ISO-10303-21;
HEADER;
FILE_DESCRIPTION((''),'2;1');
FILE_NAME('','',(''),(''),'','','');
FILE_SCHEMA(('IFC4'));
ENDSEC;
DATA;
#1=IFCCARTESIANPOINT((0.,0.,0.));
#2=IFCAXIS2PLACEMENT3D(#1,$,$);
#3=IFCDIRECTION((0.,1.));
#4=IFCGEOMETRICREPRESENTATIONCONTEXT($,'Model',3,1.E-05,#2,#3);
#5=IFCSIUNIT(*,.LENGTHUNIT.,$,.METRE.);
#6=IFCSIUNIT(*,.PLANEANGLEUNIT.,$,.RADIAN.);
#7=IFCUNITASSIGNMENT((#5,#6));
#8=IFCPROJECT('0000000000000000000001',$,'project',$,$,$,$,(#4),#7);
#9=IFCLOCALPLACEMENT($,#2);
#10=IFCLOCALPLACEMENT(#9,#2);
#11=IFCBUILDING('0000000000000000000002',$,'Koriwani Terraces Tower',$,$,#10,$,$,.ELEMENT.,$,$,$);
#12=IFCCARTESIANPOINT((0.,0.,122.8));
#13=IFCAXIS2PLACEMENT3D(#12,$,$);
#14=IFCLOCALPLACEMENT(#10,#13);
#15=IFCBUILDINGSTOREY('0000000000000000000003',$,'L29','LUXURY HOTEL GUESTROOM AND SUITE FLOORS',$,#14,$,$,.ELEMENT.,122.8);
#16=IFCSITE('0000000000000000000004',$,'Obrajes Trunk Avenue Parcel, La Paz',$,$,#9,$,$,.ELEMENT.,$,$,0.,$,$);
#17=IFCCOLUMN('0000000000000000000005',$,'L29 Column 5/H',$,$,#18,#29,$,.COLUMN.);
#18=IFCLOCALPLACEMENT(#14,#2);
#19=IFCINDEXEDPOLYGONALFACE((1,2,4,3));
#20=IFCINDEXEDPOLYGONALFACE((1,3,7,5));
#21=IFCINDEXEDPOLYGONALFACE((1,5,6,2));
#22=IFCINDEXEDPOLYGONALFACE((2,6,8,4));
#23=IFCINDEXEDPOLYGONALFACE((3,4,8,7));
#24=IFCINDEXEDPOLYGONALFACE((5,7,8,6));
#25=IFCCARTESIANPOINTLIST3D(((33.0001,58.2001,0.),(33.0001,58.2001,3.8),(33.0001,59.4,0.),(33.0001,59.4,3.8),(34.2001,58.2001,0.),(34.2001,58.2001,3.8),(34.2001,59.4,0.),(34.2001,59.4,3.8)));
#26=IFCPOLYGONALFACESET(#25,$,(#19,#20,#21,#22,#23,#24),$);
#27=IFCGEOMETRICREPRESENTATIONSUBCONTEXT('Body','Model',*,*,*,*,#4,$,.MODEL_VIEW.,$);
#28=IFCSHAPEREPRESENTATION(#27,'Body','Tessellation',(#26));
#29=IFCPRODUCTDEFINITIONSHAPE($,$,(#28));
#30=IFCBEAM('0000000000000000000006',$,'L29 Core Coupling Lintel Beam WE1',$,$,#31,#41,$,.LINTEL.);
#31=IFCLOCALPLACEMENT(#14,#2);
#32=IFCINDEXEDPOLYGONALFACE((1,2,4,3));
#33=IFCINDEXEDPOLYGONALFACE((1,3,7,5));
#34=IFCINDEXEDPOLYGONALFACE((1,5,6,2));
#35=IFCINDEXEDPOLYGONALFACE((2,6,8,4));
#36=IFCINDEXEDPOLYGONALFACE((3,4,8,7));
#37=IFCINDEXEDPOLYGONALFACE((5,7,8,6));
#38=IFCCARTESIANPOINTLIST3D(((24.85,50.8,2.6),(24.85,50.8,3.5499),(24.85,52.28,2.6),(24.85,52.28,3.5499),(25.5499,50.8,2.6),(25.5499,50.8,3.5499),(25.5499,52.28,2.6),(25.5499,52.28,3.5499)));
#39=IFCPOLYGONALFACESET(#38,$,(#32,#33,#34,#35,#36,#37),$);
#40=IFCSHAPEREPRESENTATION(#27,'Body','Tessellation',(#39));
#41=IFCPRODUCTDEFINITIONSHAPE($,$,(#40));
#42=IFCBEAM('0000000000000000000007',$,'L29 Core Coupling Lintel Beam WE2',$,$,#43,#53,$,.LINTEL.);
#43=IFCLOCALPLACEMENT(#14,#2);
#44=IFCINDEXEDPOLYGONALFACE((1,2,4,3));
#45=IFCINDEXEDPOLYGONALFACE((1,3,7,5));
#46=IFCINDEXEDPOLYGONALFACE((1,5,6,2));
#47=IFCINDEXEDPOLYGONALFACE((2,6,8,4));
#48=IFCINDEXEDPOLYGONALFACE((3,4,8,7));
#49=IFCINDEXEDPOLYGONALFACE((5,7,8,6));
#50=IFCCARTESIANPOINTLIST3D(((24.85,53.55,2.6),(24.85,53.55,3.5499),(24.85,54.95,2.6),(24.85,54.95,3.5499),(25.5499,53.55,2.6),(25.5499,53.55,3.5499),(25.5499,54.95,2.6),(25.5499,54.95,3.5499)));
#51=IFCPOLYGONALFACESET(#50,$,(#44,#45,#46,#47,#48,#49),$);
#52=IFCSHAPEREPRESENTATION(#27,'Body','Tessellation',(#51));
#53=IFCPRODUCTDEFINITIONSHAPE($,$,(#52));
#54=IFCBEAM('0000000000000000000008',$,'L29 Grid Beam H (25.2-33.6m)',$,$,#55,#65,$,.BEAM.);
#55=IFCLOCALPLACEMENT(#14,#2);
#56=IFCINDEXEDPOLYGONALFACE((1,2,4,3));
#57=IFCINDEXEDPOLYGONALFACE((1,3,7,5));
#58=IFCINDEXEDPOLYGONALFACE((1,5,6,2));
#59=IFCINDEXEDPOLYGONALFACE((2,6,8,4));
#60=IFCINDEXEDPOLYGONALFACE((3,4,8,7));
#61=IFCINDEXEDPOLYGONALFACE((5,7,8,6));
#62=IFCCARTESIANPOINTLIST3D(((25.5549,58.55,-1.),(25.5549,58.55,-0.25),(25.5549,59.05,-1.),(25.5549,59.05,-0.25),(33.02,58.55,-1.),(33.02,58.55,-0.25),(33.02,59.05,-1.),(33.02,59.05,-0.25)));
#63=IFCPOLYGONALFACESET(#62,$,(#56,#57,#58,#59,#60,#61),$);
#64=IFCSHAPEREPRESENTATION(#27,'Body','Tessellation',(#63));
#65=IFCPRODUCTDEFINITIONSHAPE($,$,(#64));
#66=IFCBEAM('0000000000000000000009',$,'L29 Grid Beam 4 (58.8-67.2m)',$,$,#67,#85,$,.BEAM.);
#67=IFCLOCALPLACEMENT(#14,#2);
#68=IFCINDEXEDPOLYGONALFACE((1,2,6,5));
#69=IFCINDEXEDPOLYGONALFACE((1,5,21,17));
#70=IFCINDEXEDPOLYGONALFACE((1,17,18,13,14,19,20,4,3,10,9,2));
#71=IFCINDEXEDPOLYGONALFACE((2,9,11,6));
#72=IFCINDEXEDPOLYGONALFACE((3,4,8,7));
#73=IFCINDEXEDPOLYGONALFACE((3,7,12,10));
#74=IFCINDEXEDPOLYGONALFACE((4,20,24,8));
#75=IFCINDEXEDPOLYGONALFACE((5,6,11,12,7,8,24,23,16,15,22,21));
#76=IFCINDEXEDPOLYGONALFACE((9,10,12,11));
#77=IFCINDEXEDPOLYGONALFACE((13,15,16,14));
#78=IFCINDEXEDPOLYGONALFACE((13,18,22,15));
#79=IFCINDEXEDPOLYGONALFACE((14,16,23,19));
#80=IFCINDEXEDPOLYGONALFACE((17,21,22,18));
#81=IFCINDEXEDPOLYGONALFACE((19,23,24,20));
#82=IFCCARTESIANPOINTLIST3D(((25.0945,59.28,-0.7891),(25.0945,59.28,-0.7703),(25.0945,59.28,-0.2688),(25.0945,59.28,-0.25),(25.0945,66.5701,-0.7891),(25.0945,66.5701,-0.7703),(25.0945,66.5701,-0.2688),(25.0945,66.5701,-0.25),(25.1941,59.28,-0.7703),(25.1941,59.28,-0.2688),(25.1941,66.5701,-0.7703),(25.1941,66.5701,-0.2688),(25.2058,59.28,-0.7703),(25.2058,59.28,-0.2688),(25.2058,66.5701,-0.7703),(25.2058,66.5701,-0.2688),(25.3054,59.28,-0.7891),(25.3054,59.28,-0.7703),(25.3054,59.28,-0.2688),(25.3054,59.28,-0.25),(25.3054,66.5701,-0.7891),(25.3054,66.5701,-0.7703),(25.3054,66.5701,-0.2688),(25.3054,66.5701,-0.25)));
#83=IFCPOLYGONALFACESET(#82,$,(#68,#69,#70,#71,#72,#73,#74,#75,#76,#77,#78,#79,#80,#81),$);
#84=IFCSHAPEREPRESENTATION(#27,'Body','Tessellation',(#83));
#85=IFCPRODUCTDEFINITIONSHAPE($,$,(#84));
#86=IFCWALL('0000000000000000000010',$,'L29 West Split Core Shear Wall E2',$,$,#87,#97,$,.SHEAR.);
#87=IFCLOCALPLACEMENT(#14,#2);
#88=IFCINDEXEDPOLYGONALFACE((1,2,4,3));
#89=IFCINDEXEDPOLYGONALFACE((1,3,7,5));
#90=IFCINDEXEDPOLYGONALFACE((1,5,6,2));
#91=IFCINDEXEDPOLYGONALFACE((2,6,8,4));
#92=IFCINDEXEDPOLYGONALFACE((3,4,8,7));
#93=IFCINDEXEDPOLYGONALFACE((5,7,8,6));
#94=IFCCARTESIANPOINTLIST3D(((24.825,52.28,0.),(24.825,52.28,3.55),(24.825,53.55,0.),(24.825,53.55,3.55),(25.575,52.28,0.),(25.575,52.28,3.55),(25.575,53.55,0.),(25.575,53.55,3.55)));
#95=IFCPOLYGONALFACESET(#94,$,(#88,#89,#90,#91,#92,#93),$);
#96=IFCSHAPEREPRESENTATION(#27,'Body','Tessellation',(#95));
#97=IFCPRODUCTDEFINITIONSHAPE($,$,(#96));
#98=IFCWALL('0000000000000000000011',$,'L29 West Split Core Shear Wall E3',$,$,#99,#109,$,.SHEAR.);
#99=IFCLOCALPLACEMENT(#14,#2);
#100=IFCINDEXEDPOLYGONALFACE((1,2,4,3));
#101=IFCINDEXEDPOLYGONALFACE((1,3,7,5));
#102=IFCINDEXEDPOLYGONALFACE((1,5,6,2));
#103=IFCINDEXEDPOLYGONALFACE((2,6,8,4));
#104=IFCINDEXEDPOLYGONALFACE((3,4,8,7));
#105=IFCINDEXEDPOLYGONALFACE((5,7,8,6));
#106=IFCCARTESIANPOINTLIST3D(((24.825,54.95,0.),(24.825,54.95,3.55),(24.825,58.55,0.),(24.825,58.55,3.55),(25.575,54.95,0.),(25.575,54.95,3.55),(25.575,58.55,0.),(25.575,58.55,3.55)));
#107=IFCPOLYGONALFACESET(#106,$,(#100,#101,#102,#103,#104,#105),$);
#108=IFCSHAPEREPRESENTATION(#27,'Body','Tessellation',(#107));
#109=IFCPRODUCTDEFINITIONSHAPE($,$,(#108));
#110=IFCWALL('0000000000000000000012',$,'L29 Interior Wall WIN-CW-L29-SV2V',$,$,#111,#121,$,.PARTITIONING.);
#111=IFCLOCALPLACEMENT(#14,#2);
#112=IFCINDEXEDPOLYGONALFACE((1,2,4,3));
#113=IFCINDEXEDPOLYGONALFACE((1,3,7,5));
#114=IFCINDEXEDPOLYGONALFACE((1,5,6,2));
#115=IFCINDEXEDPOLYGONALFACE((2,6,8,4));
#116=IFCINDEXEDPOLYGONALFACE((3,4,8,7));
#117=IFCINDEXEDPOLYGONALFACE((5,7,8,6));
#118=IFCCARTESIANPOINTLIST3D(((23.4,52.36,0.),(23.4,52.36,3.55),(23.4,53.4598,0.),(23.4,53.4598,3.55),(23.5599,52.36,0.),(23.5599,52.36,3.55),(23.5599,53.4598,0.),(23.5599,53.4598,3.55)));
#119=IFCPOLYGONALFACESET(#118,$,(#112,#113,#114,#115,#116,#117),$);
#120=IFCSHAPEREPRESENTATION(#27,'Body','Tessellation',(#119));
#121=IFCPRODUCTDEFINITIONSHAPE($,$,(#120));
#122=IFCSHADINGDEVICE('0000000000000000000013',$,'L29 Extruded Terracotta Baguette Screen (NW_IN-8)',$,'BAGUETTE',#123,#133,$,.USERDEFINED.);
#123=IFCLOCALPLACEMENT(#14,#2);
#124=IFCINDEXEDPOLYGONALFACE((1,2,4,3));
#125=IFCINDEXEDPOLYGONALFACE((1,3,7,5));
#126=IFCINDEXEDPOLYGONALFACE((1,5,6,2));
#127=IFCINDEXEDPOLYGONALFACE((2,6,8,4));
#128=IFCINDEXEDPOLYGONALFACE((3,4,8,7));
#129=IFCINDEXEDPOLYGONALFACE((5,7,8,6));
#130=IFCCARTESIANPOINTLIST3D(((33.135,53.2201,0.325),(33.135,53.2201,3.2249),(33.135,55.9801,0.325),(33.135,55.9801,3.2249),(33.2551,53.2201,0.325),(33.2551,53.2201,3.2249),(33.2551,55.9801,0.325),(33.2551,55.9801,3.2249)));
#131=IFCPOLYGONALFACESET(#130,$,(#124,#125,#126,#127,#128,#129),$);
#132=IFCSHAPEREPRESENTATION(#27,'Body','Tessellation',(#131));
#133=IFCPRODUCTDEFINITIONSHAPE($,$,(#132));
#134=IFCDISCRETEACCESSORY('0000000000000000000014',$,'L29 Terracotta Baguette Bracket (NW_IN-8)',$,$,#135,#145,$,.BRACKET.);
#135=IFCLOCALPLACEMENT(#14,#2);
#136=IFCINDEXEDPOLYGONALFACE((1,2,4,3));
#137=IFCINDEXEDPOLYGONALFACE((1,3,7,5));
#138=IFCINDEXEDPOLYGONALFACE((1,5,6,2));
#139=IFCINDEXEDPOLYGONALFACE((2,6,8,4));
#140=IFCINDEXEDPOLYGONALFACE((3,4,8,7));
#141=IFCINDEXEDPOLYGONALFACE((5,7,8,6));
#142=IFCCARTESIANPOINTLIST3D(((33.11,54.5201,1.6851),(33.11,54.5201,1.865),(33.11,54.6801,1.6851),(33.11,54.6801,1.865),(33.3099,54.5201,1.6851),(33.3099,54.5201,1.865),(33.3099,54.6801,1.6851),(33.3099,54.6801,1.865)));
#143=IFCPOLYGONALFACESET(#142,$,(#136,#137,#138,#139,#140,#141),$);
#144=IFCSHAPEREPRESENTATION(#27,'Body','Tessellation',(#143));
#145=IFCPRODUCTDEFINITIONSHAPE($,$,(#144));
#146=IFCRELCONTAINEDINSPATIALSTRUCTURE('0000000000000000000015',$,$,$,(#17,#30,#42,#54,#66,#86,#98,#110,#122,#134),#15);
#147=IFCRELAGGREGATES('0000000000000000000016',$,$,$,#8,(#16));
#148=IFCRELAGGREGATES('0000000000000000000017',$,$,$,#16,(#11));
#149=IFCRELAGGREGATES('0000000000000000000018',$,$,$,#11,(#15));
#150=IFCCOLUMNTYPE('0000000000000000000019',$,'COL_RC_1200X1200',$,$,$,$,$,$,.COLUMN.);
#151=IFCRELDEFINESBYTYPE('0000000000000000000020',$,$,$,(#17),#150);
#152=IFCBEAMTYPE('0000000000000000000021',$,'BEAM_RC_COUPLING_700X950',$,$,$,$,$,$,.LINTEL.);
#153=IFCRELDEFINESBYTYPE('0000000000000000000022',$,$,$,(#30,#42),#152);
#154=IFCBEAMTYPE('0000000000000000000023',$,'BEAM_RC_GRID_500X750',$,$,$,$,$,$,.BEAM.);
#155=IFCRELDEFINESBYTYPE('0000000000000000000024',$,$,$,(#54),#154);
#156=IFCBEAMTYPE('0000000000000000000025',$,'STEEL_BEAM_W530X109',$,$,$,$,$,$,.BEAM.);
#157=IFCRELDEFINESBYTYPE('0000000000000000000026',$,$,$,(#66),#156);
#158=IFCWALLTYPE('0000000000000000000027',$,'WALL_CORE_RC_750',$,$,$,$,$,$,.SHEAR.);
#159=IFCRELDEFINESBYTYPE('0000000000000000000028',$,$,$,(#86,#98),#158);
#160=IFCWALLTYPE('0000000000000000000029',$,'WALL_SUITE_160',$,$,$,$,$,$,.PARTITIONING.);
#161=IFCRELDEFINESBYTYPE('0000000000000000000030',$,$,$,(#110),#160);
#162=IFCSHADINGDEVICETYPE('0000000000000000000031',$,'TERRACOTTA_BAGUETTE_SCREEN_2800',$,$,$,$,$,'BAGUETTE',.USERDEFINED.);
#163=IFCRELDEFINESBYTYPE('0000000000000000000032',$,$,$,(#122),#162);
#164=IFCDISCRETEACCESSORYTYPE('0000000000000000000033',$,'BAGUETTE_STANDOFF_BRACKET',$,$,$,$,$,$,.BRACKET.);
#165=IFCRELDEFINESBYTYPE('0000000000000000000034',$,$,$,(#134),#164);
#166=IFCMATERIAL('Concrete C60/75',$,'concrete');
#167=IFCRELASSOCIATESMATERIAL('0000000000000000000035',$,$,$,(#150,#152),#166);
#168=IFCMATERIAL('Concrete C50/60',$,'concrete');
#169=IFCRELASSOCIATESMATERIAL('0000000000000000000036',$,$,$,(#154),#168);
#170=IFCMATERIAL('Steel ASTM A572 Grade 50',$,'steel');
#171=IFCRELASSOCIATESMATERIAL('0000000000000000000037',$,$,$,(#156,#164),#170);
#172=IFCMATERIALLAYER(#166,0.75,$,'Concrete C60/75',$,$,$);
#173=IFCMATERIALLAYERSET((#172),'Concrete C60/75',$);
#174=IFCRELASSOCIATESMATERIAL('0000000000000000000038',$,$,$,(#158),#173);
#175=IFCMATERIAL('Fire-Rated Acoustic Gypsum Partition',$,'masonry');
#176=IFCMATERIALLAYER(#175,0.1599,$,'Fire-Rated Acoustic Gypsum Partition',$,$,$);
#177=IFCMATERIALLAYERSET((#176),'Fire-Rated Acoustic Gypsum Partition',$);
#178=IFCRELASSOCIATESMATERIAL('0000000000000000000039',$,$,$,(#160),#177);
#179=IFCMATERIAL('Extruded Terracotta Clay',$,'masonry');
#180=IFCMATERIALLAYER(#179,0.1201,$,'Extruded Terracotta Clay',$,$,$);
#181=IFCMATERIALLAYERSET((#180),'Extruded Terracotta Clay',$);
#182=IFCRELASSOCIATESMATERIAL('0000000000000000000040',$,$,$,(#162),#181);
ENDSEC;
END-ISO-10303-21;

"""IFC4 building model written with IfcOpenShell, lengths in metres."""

from ifc_helpers import new_model, si_unit, direction, frame, frame_2d, origin, origin_2d, place, context, subcontext, project, spatial, rectangle, i_section, extrude, material, layer, layer_set, material_profile, profile_set, type_object, element, save


model = new_model("IFC4")

# Units and contexts
model_context = context("Model", 3, precision=1e-05, world=origin(), true_north=direction((0.0, 1.0)))
body_context = subcontext(model_context, "Body", "Model", "MODEL_VIEW")
ifc_project = project(units=[si_unit("LENGTHUNIT", "METRE"), si_unit("PLANEANGLEUNIT", "RADIAN")], contexts=[model_context])

# Site, building, storey
site_placement = place(None, origin())
site = spatial("IfcSite", under=ifc_project, at=site_placement, Name="Obrajes Trunk Avenue Parcel, La Paz", CompositionType="ELEMENT", RefElevation=0.0)
building_placement = place(site_placement, origin())
building = spatial("IfcBuilding", under=site, at=building_placement, Name="Koriwani Terraces Tower", CompositionType="ELEMENT")
storey_placement = place(building_placement, frame((0.0, 0.0, 122.8)))
storey = spatial("IfcBuildingStorey", under=building, at=storey_placement, Name="L29", Description="LUXURY HOTEL GUESTROOM AND SUITE FLOORS", CompositionType="ELEMENT", Elevation=122.8)

# Column
ifc_material_1 = material(Name="Concrete C60/75", Category="concrete")
ifc_material_profile_1 = material_profile(ifc_material_1, rectangle(XDim=1.2, YDim=1.2, at=origin_2d()), Name="Concrete C60/75", Category="LoadBearing")
ifc_profile_set_1 = profile_set([ifc_material_profile_1], Name="Concrete C60/75")
column_type = type_object("IfcColumnType", Name="COL_RC_1200X1200", PredefinedType="COLUMN", material=ifc_profile_set_1)
column_placement = place(storey_placement, frame((33.6001, 58.8, 0.0), z_axis=(0.0, 0.0, 1.0), x_axis=(1.0, 0.0, 0.0)))
element("IfcColumn", 1, at=column_placement, inside=storey, type_object=column_type, Name="L29 Column 5/H", PredefinedType="COLUMN", context=body_context, shape_type="SweptSolid", body=[
    extrude(rectangle(XDim=1.2, YDim=1.2, at=origin_2d()), origin(), (0.0, 0.0, 1.0), 3.8),
])

# Beams
ifc_material_profile_2 = material_profile(ifc_material_1, rectangle(XDim=0.7, YDim=0.95, at=origin_2d()), Name="Concrete C60/75", Category="LoadBearing")
ifc_profile_set_2 = profile_set([ifc_material_profile_2], Name="Concrete C60/75")
beam_type_1 = type_object("IfcBeamType", Name="BEAM_RC_COUPLING_700X950", PredefinedType="LINTEL", material=ifc_profile_set_2)
beam_1_placement = place(storey_placement, frame((25.2, 50.8, 3.075), z_axis=(0.0, 1.0, 0.0), x_axis=(-1.0, 0.0, 0.0)))
element("IfcBeam", 2, at=beam_1_placement, inside=storey, type_object=beam_type_1, Name="L29 Core Coupling Lintel Beam WE1", PredefinedType="LINTEL", context=body_context, shape_type="SweptSolid", body=[
    extrude(rectangle(XDim=0.7, YDim=0.95, at=origin_2d()), origin(), (0.0, 0.0, 1.0), 1.48),
])
beam_2_placement = place(storey_placement, frame((25.2, 53.55, 3.075), z_axis=(0.0, 1.0, 0.0), x_axis=(-1.0, 0.0, 0.0)))
element("IfcBeam", 3, at=beam_2_placement, inside=storey, type_object=beam_type_1, Name="L29 Core Coupling Lintel Beam WE2", PredefinedType="LINTEL", context=body_context, shape_type="SweptSolid", body=[
    extrude(rectangle(XDim=0.7, YDim=0.95, at=origin_2d()), origin(), (0.0, 0.0, 1.0), 1.3999),
])
ifc_material_2 = material(Name="Concrete C50/60", Category="concrete")
ifc_material_profile_3 = material_profile(ifc_material_2, rectangle(XDim=0.5, YDim=0.75, at=origin_2d()), Name="Concrete C50/60", Category="LoadBearing")
ifc_profile_set_3 = profile_set([ifc_material_profile_3], Name="Concrete C50/60")
beam_type_2 = type_object("IfcBeamType", Name="BEAM_RC_GRID_500X750", PredefinedType="BEAM", material=ifc_profile_set_3)
beam_3_placement = place(storey_placement, frame((25.5549, 58.8, -0.625), z_axis=(1.0, 0.0, 0.0), x_axis=(0.0, 1.0, 0.0)))
element("IfcBeam", 4, at=beam_3_placement, inside=storey, type_object=beam_type_2, Name="L29 Grid Beam H (25.2-33.6m)", PredefinedType="BEAM", context=body_context, shape_type="SweptSolid", body=[
    extrude(rectangle(XDim=0.5, YDim=0.75, at=origin_2d()), origin(), (0.0, 0.0, 1.0), 7.4651),
])
ifc_material_3 = material(Name="Steel ASTM A572 Grade 50", Category="steel")
ifc_material_profile_4 = material_profile(ifc_material_3, i_section(OverallWidth=0.2109, OverallDepth=0.5391, WebThickness=0.0117, FlangeThickness=0.0188, at=origin_2d()), Name="Steel ASTM A572 Grade 50", Category="LoadBearing")
ifc_profile_set_4 = profile_set([ifc_material_profile_4], Name="Steel ASTM A572 Grade 50")
beam_type_3 = type_object("IfcBeamType", Name="STEEL_BEAM_W530X109", PredefinedType="BEAM", material=ifc_profile_set_4)
beam_4_placement = place(storey_placement, frame((25.2, 59.28, -0.5195), z_axis=(0.0, 1.0, 0.0), x_axis=(-1.0, 0.0, 0.0)))
element("IfcBeam", 5, at=beam_4_placement, inside=storey, type_object=beam_type_3, Name="L29 Grid Beam 4 (58.8-67.2m)", PredefinedType="BEAM", context=body_context, shape_type="SweptSolid", body=[
    extrude(i_section(OverallWidth=0.2109, OverallDepth=0.5391, WebThickness=0.0117, FlangeThickness=0.0188, at=origin_2d()), origin(), (0.0, 0.0, 1.0), 7.29),
])

# Walls
ifc_layer_1 = layer(ifc_material_1, 0.75, Name="Concrete C60/75")
ifc_layer_set_1 = layer_set([ifc_layer_1], Name="Concrete C60/75")
wall_type_1 = type_object("IfcWallType", Name="WALL_CORE_RC_750", PredefinedType="SHEAR", material=ifc_layer_set_1)
wall_1_placement = place(storey_placement, frame((25.2, 52.28, 0.0), z_axis=(0.0, 0.0, 1.0), x_axis=(0.0, 1.0, 0.0)))
element("IfcWall", 6, at=wall_1_placement, inside=storey, type_object=wall_type_1, Name="L29 West Split Core Shear Wall E2", PredefinedType="SHEAR", context=body_context, shape_type="SweptSolid", body=[
    extrude(rectangle(XDim=1.27, YDim=0.75, at=frame_2d((0.635, 0.0))), origin(), (0.0, 0.0, 1.0), 3.55),
])
wall_2_placement = place(storey_placement, frame((25.2, 54.95, 0.0), z_axis=(0.0, 0.0, 1.0), x_axis=(0.0, 1.0, 0.0)))
element("IfcWall", 7, at=wall_2_placement, inside=storey, type_object=wall_type_1, Name="L29 West Split Core Shear Wall E3", PredefinedType="SHEAR", context=body_context, shape_type="SweptSolid", body=[
    extrude(rectangle(XDim=3.6001, YDim=0.75, at=frame_2d((1.8, 0.0))), origin(), (0.0, 0.0, 1.0), 3.55),
])

# Wall
ifc_material_4 = material(Name="Fire-Rated Acoustic Gypsum Partition", Category="masonry")
ifc_layer_2 = layer(ifc_material_4, 0.1599, Name="Fire-Rated Acoustic Gypsum Partition")
ifc_layer_set_2 = layer_set([ifc_layer_2], Name="Fire-Rated Acoustic Gypsum Partition")
wall_type_2 = type_object("IfcWallType", Name="WALL_SUITE_160", PredefinedType="PARTITIONING", material=ifc_layer_set_2)
wall_3_placement = place(storey_placement, frame((23.48, 52.3601, 0.0), z_axis=(0.0, 0.0, 1.0), x_axis=(0.0, 1.0, 0.0)))
element("IfcWall", 8, at=wall_3_placement, inside=storey, type_object=wall_type_2, Name="L29 Interior Wall WIN-CW-L29-SV2V", PredefinedType="PARTITIONING", context=body_context, shape_type="SweptSolid", body=[
    extrude(rectangle(XDim=1.0999, YDim=0.1599, at=frame_2d((0.5498, 0.0))), origin(), (0.0, 0.0, 1.0), 3.55),
])

# Shading device
ifc_material_5 = material(Name="Extruded Terracotta Clay", Category="masonry")
ifc_layer_3 = layer(ifc_material_5, 0.1201, Name="Extruded Terracotta Clay")
ifc_layer_set_3 = layer_set([ifc_layer_3], Name="Extruded Terracotta Clay")
shading_device_type = type_object("IfcShadingDeviceType", Name="TERRACOTTA_BAGUETTE_SCREEN_2800", ElementType="BAGUETTE", PredefinedType="USERDEFINED", material=ifc_layer_set_3)
shading_device_placement = place(storey_placement, frame((33.1951, 54.6001, 0.325), z_axis=(0.0, 0.0, 1.0), x_axis=(0.0, -1.0, 0.0)))
element("IfcShadingDevice", 9, at=shading_device_placement, inside=storey, type_object=shading_device_type, Name="L29 Extruded Terracotta Baguette Screen (NW_IN-8)", ObjectType="BAGUETTE", PredefinedType="USERDEFINED", context=body_context, shape_type="SweptSolid", body=[
    extrude(rectangle(XDim=2.76, YDim=0.1201, at=origin_2d()), origin(), (0.0, 0.0, 1.0), 2.8999),
])

# Discrete accessory
discrete_accessory_type = type_object("IfcDiscreteAccessoryType", Name="BAGUETTE_STANDOFF_BRACKET", PredefinedType="BRACKET", material=ifc_material_3)
discrete_accessory_placement = place(storey_placement, frame((33.21, 54.6001, 1.6851), z_axis=(0.0, 0.0, 1.0), x_axis=(0.0, -1.0, 0.0)))
element("IfcDiscreteAccessory", 10, at=discrete_accessory_placement, inside=storey, type_object=discrete_accessory_type, Name="L29 Terracotta Baguette Bracket (NW_IN-8)", PredefinedType="BRACKET", context=body_context, shape_type="SweptSolid", body=[
    extrude(rectangle(XDim=0.1599, YDim=0.2, at=origin_2d()), origin(), (0.0, 0.0, 1.0), 0.1799),
])

save(model, "model.ifc")
